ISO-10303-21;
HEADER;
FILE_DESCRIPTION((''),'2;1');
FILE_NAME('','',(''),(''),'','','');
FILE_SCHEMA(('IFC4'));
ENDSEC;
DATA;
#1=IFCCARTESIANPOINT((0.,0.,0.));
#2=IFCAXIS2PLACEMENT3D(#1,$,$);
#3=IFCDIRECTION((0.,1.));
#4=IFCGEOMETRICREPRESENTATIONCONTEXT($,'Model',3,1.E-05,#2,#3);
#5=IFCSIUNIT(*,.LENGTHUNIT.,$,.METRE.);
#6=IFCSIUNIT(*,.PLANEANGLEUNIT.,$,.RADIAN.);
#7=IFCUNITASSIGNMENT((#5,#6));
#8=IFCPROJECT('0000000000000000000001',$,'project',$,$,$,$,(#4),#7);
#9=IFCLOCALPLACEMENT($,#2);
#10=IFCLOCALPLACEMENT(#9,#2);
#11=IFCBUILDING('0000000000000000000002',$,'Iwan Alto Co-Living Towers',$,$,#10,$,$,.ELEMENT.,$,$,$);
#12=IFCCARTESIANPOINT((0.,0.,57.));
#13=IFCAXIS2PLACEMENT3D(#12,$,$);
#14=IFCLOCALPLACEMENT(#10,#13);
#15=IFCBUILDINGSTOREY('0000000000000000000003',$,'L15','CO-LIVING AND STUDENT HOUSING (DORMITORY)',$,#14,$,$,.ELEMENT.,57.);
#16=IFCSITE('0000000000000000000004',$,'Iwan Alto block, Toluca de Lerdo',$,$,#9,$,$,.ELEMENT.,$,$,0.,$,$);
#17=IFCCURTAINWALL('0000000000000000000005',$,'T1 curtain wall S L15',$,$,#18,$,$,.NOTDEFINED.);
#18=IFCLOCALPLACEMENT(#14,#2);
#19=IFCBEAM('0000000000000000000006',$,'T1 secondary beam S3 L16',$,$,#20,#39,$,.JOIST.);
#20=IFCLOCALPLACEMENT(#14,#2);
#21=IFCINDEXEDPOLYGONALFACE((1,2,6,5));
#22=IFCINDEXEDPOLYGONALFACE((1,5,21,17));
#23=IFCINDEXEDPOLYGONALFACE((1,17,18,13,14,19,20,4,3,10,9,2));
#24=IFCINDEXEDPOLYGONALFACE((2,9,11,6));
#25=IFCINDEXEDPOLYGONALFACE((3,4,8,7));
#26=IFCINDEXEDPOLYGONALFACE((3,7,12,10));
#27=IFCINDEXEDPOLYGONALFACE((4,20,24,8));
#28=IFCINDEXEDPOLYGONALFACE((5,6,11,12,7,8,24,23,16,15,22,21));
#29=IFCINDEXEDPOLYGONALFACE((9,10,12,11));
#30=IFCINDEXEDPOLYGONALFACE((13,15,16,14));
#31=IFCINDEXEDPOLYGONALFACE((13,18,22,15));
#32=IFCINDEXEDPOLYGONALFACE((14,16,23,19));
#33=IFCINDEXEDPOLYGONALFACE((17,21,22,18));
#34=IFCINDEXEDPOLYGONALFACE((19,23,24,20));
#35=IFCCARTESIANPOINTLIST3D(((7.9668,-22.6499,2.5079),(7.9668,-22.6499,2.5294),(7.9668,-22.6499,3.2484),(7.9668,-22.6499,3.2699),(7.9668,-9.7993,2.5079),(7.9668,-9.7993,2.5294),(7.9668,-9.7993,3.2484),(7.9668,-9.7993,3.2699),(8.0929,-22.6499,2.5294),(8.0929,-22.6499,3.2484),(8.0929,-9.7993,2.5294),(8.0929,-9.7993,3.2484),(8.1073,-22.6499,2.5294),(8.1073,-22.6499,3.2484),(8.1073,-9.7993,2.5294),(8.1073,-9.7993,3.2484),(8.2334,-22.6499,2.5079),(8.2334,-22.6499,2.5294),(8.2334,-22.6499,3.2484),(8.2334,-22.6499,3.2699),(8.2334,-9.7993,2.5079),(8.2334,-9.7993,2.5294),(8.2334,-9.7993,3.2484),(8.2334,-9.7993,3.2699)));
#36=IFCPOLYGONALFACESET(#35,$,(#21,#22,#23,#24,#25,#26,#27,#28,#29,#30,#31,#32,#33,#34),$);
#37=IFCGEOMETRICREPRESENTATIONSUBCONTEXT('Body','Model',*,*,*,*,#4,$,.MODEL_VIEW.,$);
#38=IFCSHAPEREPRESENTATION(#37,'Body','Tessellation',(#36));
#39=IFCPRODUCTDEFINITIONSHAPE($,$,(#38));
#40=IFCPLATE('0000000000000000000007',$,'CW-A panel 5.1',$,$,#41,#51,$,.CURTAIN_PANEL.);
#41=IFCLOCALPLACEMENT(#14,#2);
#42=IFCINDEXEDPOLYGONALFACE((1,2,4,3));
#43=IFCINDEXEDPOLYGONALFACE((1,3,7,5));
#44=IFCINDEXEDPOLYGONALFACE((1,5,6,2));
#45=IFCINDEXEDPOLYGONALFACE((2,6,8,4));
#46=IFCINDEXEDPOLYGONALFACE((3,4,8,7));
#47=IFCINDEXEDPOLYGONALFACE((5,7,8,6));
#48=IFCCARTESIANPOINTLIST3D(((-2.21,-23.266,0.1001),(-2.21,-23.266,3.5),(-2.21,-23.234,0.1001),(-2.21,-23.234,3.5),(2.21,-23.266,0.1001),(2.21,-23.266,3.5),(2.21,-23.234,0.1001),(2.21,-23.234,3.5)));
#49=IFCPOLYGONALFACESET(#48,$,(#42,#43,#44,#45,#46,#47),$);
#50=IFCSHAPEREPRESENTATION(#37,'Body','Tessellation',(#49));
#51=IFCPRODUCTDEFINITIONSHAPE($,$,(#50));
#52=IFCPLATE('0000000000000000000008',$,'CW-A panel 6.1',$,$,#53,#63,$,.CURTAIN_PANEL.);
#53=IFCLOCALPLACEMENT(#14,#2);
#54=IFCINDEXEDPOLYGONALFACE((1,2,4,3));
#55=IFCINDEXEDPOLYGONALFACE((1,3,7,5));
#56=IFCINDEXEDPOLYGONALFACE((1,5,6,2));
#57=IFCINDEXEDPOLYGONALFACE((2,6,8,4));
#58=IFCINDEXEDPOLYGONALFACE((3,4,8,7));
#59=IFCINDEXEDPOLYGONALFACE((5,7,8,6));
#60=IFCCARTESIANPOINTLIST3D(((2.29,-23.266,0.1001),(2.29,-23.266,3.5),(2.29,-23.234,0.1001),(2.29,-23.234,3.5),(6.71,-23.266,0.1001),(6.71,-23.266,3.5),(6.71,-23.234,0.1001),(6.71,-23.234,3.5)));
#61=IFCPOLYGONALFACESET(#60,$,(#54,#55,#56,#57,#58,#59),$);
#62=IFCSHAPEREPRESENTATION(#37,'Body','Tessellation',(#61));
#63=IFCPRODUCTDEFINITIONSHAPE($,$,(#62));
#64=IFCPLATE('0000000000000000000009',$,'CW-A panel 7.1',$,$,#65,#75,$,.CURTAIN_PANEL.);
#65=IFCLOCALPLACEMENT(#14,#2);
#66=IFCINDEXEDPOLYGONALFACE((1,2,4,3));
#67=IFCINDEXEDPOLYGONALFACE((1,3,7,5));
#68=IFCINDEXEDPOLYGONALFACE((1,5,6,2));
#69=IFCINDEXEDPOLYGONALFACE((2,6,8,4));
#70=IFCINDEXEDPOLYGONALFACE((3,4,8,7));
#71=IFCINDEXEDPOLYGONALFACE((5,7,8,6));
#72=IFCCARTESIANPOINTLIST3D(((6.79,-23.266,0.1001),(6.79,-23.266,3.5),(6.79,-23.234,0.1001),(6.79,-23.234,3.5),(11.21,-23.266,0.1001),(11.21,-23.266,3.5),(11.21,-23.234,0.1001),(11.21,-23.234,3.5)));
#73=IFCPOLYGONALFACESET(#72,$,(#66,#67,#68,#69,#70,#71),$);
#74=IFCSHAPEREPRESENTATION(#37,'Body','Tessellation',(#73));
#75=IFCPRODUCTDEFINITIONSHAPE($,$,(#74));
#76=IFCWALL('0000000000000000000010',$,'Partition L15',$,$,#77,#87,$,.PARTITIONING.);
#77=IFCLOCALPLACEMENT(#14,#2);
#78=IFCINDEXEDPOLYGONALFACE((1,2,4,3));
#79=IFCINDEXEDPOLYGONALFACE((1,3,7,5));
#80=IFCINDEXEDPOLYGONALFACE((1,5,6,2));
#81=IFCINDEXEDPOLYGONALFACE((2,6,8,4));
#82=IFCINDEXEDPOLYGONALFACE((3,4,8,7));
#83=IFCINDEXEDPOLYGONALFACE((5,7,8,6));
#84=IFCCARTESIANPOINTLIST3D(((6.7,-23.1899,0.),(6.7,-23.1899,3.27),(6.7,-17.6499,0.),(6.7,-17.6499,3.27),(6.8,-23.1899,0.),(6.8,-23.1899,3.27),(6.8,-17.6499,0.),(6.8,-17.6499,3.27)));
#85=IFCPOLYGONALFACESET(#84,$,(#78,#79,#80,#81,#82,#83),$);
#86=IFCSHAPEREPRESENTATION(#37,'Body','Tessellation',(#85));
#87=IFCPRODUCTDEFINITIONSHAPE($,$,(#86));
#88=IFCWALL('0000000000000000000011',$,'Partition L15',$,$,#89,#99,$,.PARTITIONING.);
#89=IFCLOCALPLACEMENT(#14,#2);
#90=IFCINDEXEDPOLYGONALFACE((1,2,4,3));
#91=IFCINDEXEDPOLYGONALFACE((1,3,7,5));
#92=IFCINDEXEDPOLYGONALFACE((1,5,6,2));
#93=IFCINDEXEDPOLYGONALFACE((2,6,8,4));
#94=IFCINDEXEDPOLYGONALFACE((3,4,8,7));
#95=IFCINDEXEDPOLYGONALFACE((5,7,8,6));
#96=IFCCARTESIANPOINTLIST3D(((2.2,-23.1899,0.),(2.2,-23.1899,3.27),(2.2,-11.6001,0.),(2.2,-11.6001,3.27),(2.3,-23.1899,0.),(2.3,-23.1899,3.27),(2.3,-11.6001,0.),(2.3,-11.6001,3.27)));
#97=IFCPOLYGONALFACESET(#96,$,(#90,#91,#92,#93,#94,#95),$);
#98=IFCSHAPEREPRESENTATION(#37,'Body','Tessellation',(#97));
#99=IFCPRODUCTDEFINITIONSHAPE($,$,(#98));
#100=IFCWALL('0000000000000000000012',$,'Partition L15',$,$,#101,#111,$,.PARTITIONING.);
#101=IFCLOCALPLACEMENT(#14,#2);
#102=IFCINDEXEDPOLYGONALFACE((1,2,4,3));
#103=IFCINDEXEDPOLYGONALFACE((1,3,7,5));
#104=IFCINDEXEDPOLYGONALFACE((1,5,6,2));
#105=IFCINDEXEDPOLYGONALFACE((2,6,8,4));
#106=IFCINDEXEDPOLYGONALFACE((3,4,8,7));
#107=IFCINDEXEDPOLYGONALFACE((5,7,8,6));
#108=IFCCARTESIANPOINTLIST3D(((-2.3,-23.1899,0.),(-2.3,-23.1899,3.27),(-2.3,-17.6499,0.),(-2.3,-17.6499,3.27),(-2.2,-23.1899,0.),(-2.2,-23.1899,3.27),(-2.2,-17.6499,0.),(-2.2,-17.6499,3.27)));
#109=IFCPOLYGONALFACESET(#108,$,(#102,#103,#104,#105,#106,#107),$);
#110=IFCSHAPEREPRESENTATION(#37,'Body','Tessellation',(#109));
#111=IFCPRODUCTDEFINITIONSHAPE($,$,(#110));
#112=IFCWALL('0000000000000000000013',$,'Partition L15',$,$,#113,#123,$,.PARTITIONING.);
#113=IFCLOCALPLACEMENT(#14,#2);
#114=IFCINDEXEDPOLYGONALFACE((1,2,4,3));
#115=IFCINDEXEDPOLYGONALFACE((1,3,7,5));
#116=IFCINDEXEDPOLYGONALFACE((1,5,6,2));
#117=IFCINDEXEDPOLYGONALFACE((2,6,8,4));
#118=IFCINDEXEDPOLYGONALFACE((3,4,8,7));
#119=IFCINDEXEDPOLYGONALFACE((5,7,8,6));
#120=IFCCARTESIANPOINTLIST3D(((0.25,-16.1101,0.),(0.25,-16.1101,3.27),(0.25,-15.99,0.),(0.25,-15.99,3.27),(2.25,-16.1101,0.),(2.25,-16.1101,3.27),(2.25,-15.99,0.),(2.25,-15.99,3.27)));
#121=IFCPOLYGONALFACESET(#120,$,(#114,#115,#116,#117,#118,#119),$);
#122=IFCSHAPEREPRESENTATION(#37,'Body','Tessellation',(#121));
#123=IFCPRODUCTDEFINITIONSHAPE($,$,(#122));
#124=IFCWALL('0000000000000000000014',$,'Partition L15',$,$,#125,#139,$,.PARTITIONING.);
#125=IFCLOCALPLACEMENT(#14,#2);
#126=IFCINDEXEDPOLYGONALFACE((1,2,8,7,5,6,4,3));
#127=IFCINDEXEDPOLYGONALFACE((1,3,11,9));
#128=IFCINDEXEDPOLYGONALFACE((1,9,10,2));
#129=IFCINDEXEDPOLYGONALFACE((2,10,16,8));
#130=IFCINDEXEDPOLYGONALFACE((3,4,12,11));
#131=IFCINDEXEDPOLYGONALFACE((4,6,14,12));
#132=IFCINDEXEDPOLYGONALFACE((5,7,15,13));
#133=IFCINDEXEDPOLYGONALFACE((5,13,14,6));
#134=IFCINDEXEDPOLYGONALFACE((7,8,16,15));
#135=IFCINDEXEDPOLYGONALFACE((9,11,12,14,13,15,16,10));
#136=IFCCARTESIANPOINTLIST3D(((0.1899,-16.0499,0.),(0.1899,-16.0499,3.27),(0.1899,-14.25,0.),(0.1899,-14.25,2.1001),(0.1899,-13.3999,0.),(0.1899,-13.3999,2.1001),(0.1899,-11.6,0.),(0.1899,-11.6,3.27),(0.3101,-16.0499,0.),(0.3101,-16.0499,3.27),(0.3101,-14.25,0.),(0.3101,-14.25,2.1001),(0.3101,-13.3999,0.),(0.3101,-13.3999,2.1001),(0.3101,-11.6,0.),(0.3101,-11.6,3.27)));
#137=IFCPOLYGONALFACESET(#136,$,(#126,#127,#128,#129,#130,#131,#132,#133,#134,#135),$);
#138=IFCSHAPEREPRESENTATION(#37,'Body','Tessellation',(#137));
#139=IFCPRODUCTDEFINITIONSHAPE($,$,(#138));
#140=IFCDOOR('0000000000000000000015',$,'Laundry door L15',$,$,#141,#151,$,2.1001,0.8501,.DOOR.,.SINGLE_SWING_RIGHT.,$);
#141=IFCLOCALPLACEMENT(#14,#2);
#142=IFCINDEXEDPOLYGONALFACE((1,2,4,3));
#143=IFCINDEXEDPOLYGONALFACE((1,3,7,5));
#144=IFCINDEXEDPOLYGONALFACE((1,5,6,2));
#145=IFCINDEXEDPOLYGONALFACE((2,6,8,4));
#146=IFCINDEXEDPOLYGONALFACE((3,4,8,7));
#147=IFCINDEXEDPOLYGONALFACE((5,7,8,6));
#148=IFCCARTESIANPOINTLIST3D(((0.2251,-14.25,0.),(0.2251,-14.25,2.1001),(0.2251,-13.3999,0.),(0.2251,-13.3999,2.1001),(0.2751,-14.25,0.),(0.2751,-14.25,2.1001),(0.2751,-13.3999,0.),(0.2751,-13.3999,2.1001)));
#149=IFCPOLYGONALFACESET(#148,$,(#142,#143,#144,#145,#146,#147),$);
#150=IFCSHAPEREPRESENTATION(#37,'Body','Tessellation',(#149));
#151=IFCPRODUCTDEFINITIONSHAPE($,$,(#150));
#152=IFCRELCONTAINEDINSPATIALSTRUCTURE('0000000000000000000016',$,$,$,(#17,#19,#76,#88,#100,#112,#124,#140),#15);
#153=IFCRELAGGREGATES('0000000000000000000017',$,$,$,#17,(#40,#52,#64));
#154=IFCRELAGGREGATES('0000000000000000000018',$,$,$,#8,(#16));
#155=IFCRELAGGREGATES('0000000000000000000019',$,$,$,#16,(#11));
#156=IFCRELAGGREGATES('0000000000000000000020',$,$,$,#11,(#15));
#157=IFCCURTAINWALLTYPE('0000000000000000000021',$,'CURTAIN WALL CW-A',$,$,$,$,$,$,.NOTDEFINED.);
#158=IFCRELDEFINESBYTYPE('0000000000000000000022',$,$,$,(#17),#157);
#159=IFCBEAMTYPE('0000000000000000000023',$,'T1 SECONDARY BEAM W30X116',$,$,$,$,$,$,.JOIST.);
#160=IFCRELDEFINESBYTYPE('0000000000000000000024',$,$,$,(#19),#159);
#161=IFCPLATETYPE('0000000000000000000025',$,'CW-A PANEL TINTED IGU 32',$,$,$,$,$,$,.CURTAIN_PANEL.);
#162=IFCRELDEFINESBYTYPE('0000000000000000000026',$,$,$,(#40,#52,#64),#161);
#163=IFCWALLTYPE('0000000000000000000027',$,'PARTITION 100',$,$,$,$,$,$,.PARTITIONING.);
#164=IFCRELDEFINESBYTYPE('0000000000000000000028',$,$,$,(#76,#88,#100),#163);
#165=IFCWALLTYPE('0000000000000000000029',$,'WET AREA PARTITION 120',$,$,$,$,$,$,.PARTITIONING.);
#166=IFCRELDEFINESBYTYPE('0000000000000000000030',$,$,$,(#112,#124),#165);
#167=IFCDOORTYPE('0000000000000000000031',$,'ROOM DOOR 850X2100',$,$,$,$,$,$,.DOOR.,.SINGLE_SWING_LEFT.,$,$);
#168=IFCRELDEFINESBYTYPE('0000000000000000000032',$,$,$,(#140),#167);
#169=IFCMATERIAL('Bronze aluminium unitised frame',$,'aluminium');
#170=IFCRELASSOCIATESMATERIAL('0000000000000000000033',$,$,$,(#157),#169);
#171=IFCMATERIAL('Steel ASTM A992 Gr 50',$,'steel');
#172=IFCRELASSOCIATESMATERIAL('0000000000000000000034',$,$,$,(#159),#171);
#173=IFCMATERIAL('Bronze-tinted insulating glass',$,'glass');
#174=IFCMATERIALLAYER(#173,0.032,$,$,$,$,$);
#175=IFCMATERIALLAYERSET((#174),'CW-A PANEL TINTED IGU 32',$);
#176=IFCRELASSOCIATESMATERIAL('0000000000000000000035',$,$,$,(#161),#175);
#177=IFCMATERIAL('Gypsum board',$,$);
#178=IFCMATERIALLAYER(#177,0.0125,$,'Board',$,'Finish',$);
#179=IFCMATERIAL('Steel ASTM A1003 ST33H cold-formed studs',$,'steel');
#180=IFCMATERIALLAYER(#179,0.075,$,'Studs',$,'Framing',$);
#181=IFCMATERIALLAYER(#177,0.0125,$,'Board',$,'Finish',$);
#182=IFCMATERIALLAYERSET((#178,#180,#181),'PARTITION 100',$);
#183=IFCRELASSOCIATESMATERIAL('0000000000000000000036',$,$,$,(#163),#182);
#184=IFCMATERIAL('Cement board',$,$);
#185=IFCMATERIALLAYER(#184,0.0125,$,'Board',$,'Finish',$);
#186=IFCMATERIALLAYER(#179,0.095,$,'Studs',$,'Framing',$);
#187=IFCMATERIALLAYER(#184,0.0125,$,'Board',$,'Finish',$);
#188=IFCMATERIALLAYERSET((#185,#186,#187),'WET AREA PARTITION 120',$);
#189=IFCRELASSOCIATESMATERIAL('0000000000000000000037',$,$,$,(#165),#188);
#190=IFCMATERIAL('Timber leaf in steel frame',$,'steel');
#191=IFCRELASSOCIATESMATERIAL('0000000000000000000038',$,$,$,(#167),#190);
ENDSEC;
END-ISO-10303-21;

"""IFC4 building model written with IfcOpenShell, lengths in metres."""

from ifc_helpers import new_model, si_unit, direction, frame, frame_2d, origin, origin_2d, place, context, subcontext, project, spatial, rectangle, i_section, extrude, material, layer, layer_set, material_profile, profile_set, type_object, element, fill, aggregate, save


model = new_model("IFC4")

# Units and contexts
model_context = context("Model", 3, precision=1e-05, world=origin(), true_north=direction((0.0, 1.0)))
body_context = subcontext(model_context, "Body", "Model", "MODEL_VIEW")
ifc_project = project(units=[si_unit("LENGTHUNIT", "METRE"), si_unit("PLANEANGLEUNIT", "RADIAN")], contexts=[model_context])

# Site, building, storey
site_placement = place(None, origin())
site = spatial("IfcSite", under=ifc_project, at=site_placement, Name="Iwan Alto block, Toluca de Lerdo", CompositionType="ELEMENT", RefElevation=0.0)
building_placement = place(site_placement, origin())
building = spatial("IfcBuilding", under=site, at=building_placement, Name="Iwan Alto Co-Living Towers", CompositionType="ELEMENT")
storey_placement = place(building_placement, frame((0.0, 0.0, 57.0)))
storey = spatial("IfcBuildingStorey", under=building, at=storey_placement, Name="L15", Description="CO-LIVING AND STUDENT HOUSING (DORMITORY)", CompositionType="ELEMENT", Elevation=57.0)

# Curtain wall
ifc_material_1 = material(Name="Bronze aluminium unitised frame", Category="aluminium")
curtain_wall_type = type_object("IfcCurtainWallType", Name="CURTAIN WALL CW-A", PredefinedType="NOTDEFINED", material=ifc_material_1)
curtain_wall_placement = place(storey_placement, origin())
curtain_wall = element("IfcCurtainWall", 1, at=curtain_wall_placement, inside=storey, type_object=curtain_wall_type, Name="T1 curtain wall S L15", PredefinedType="NOTDEFINED")

# Beam
ifc_material_2 = material(Name="Steel ASTM A992 Gr 50", Category="steel")
ifc_material_profile_1 = material_profile(ifc_material_2, i_section(OverallWidth=0.2666, OverallDepth=0.762, WebThickness=0.0144, FlangeThickness=0.0215, at=origin_2d()), Name="W30X116")
ifc_profile_set_1 = profile_set([ifc_material_profile_1], Name="Steel ASTM A992 Gr 50")
beam_type_1 = type_object("IfcBeamType", Name="T1 SECONDARY BEAM W30X116", PredefinedType="JOIST", material=ifc_profile_set_1)
for number, where, z_axis, x_axis, name in (
    (2, (8.1001, -22.6499, 2.8889), (0.0, 1.0, 0.0), (-1.0, 0.0, 0.0), "T1 secondary beam S3 L16"),
):
    element("IfcBeam", number, at=place(storey_placement, frame(where, z_axis=z_axis, x_axis=x_axis)), inside=storey, type_object=beam_type_1, Name=name, PredefinedType="JOIST", context=body_context, shape_type="SweptSolid", body=[
        extrude(i_section(OverallWidth=0.2666, OverallDepth=0.762, WebThickness=0.0144, FlangeThickness=0.0215, at=origin_2d()), origin(), (0.0, 0.0, 1.0), 12.8506),
    ])

# Plates
ifc_material_3 = material(Name="Bronze-tinted insulating glass", Category="glass")
ifc_layer_1 = layer(ifc_material_3, 0.032)
ifc_layer_set_1 = layer_set([ifc_layer_1], Name="CW-A PANEL TINTED IGU 32")
plate_type = type_object("IfcPlateType", Name="CW-A PANEL TINTED IGU 32", PredefinedType="CURTAIN_PANEL", material=ifc_layer_set_1)
plate_1_placement = place(storey_placement, frame((0.0, -23.25, 0.1001), z_axis=(0.0, 0.0, 1.0), x_axis=(1.0, 0.0, 0.0)))
plate_1 = element("IfcPlate", 3, at=plate_1_placement, type_object=plate_type, Name="CW-A panel 5.1", PredefinedType="CURTAIN_PANEL", context=body_context, shape_type="SweptSolid", body=[
    extrude(rectangle(XDim=4.4199, YDim=0.032, at=origin_2d()), origin(), (0.0, 0.0, 1.0), 3.3999),
])
plate_2_placement = place(storey_placement, frame((4.5, -23.25, 0.1001), z_axis=(0.0, 0.0, 1.0), x_axis=(1.0, 0.0, 0.0)))
plate_2 = element("IfcPlate", 4, at=plate_2_placement, type_object=plate_type, Name="CW-A panel 6.1", PredefinedType="CURTAIN_PANEL", context=body_context, shape_type="SweptSolid", body=[
    extrude(rectangle(XDim=4.4199, YDim=0.032, at=origin_2d()), origin(), (0.0, 0.0, 1.0), 3.3999),
])
plate_3_placement = place(storey_placement, frame((9.0, -23.25, 0.1001), z_axis=(0.0, 0.0, 1.0), x_axis=(1.0, 0.0, 0.0)))
plate_3 = element("IfcPlate", 5, at=plate_3_placement, type_object=plate_type, Name="CW-A panel 7.1", PredefinedType="CURTAIN_PANEL", context=body_context, shape_type="SweptSolid", body=[
    extrude(rectangle(XDim=4.4199, YDim=0.032, at=origin_2d()), origin(), (0.0, 0.0, 1.0), 3.3999),
])
aggregate(curtain_wall, [plate_1, plate_2, plate_3])

# Walls
ifc_material_4 = material(Name="Gypsum board")
ifc_layer_2 = layer(ifc_material_4, 0.0125, Name="Board", Category="Finish")
ifc_material_5 = material(Name="Steel ASTM A1003 ST33H cold-formed studs", Category="steel")
ifc_layer_3 = layer(ifc_material_5, 0.075, Name="Studs", Category="Framing")
ifc_layer_4 = layer(ifc_material_4, 0.0125, Name="Board", Category="Finish")
ifc_layer_set_2 = layer_set([ifc_layer_2, ifc_layer_3, ifc_layer_4], Name="PARTITION 100")
wall_type_1 = type_object("IfcWallType", Name="PARTITION 100", PredefinedType="PARTITIONING", material=ifc_layer_set_2)
wall_1_placement = place(storey_placement, frame((6.75, -23.1899, 0.0), z_axis=(0.0, 0.0, 1.0), x_axis=(0.0, 1.0, 0.0)))
element("IfcWall", 6, at=wall_1_placement, inside=storey, type_object=wall_type_1, Name="Partition L15", PredefinedType="PARTITIONING", context=body_context, shape_type="SweptSolid", body=[
    extrude(rectangle(XDim=5.54, YDim=0.1001, at=frame_2d((2.77, 0.0))), origin(), (0.0, 0.0, 1.0), 3.27),
])
wall_2_placement = place(storey_placement, frame((2.25, -23.1899, 0.0), z_axis=(0.0, 0.0, 1.0), x_axis=(0.0, 1.0, 0.0)))
element("IfcWall", 7, at=wall_2_placement, inside=storey, type_object=wall_type_1, Name="Partition L15", PredefinedType="PARTITIONING", context=body_context, shape_type="SweptSolid", body=[
    extrude(rectangle(XDim=11.5898, YDim=0.1001, at=frame_2d((5.7949, 0.0))), origin(), (0.0, 0.0, 1.0), 3.27),
])
wall_3_placement = place(storey_placement, frame((-2.25, -23.1899, 0.0), z_axis=(0.0, 0.0, 1.0), x_axis=(0.0, 1.0, 0.0)))
element("IfcWall", 8, at=wall_3_placement, inside=storey, type_object=wall_type_1, Name="Partition L15", PredefinedType="PARTITIONING", context=body_context, shape_type="SweptSolid", body=[
    extrude(rectangle(XDim=5.54, YDim=0.1001, at=frame_2d((2.77, 0.0))), origin(), (0.0, 0.0, 1.0), 3.27),
])
ifc_material_6 = material(Name="Cement board")
ifc_layer_5 = layer(ifc_material_6, 0.0125, Name="Board", Category="Finish")
ifc_layer_6 = layer(ifc_material_5, 0.095, Name="Studs", Category="Framing")
ifc_layer_7 = layer(ifc_material_6, 0.0125, Name="Board", Category="Finish")
ifc_layer_set_3 = layer_set([ifc_layer_5, ifc_layer_6, ifc_layer_7], Name="WET AREA PARTITION 120")
wall_type_2 = type_object("IfcWallType", Name="WET AREA PARTITION 120", PredefinedType="PARTITIONING", material=ifc_layer_set_3)
wall_4_placement = place(storey_placement, frame((0.25, -16.05, 0.0), z_axis=(0.0, 0.0, 1.0), x_axis=(1.0, 0.0, 0.0)))
element("IfcWall", 9, at=wall_4_placement, inside=storey, type_object=wall_type_2, Name="Partition L15", PredefinedType="PARTITIONING", context=body_context, shape_type="SweptSolid", body=[
    extrude(rectangle(XDim=2.0, YDim=0.1201, at=frame_2d((1.0, 0.0))), origin(), (0.0, 0.0, 1.0), 3.27),
])

# Wall, opening, door
wall_5_placement = place(storey_placement, frame((0.25, -16.05, 0.0), z_axis=(0.0, 0.0, 1.0), x_axis=(0.0, 1.0, 0.0)))
wall_5 = element("IfcWall", 10, at=wall_5_placement, inside=storey, type_object=wall_type_2, Name="Partition L15", PredefinedType="PARTITIONING", context=body_context, shape_type="SweptSolid", body=[
    extrude(rectangle(XDim=4.45, YDim=0.1201, at=frame_2d((2.2251, 0.0))), origin(), (0.0, 0.0, 1.0), 3.27),
])
opening_1_placement = place(wall_5_placement, frame((1.8, 0.0, 0.0)))
opening_1 = element("IfcOpeningElement", 11, at=opening_1_placement, cuts=wall_5, PredefinedType="OPENING", context=body_context, shape_type="SweptSolid", body=[
    extrude(rectangle(XDim=0.8501, YDim=2.1001, at=frame_2d((0.425, 1.05))), frame((0.0, 0.0701, 0.0), z_axis=(0.0, -1.0, 0.0), x_axis=(1.0, 0.0, 0.0)), (0.0, 0.0, 1.0), 0.1401),
])
ifc_material_7 = material(Name="Timber leaf in steel frame", Category="steel")
door_type = type_object("IfcDoorType", Name="ROOM DOOR 850X2100", OperationType="SINGLE_SWING_LEFT", PredefinedType="DOOR", material=ifc_material_7)
door_1_placement = place(opening_1_placement, origin())
door_1 = element("IfcDoor", 12, at=door_1_placement, inside=storey, type_object=door_type, Name="Laundry door L15", OperationType="SINGLE_SWING_RIGHT", OverallHeight=2.1001, OverallWidth=0.8501, PredefinedType="DOOR", context=body_context, shape_type="SweptSolid", body=[
    extrude(rectangle(XDim=0.8501, YDim=2.1001, at=frame_2d((0.425, 1.05))), frame((0.0, 0.0249, 0.0), z_axis=(0.0, -1.0, 0.0), x_axis=(1.0, 0.0, 0.0)), (0.0, 0.0, 1.0), 0.05),
])
fill(opening_1, door_1)

save(model, "model.ifc")
